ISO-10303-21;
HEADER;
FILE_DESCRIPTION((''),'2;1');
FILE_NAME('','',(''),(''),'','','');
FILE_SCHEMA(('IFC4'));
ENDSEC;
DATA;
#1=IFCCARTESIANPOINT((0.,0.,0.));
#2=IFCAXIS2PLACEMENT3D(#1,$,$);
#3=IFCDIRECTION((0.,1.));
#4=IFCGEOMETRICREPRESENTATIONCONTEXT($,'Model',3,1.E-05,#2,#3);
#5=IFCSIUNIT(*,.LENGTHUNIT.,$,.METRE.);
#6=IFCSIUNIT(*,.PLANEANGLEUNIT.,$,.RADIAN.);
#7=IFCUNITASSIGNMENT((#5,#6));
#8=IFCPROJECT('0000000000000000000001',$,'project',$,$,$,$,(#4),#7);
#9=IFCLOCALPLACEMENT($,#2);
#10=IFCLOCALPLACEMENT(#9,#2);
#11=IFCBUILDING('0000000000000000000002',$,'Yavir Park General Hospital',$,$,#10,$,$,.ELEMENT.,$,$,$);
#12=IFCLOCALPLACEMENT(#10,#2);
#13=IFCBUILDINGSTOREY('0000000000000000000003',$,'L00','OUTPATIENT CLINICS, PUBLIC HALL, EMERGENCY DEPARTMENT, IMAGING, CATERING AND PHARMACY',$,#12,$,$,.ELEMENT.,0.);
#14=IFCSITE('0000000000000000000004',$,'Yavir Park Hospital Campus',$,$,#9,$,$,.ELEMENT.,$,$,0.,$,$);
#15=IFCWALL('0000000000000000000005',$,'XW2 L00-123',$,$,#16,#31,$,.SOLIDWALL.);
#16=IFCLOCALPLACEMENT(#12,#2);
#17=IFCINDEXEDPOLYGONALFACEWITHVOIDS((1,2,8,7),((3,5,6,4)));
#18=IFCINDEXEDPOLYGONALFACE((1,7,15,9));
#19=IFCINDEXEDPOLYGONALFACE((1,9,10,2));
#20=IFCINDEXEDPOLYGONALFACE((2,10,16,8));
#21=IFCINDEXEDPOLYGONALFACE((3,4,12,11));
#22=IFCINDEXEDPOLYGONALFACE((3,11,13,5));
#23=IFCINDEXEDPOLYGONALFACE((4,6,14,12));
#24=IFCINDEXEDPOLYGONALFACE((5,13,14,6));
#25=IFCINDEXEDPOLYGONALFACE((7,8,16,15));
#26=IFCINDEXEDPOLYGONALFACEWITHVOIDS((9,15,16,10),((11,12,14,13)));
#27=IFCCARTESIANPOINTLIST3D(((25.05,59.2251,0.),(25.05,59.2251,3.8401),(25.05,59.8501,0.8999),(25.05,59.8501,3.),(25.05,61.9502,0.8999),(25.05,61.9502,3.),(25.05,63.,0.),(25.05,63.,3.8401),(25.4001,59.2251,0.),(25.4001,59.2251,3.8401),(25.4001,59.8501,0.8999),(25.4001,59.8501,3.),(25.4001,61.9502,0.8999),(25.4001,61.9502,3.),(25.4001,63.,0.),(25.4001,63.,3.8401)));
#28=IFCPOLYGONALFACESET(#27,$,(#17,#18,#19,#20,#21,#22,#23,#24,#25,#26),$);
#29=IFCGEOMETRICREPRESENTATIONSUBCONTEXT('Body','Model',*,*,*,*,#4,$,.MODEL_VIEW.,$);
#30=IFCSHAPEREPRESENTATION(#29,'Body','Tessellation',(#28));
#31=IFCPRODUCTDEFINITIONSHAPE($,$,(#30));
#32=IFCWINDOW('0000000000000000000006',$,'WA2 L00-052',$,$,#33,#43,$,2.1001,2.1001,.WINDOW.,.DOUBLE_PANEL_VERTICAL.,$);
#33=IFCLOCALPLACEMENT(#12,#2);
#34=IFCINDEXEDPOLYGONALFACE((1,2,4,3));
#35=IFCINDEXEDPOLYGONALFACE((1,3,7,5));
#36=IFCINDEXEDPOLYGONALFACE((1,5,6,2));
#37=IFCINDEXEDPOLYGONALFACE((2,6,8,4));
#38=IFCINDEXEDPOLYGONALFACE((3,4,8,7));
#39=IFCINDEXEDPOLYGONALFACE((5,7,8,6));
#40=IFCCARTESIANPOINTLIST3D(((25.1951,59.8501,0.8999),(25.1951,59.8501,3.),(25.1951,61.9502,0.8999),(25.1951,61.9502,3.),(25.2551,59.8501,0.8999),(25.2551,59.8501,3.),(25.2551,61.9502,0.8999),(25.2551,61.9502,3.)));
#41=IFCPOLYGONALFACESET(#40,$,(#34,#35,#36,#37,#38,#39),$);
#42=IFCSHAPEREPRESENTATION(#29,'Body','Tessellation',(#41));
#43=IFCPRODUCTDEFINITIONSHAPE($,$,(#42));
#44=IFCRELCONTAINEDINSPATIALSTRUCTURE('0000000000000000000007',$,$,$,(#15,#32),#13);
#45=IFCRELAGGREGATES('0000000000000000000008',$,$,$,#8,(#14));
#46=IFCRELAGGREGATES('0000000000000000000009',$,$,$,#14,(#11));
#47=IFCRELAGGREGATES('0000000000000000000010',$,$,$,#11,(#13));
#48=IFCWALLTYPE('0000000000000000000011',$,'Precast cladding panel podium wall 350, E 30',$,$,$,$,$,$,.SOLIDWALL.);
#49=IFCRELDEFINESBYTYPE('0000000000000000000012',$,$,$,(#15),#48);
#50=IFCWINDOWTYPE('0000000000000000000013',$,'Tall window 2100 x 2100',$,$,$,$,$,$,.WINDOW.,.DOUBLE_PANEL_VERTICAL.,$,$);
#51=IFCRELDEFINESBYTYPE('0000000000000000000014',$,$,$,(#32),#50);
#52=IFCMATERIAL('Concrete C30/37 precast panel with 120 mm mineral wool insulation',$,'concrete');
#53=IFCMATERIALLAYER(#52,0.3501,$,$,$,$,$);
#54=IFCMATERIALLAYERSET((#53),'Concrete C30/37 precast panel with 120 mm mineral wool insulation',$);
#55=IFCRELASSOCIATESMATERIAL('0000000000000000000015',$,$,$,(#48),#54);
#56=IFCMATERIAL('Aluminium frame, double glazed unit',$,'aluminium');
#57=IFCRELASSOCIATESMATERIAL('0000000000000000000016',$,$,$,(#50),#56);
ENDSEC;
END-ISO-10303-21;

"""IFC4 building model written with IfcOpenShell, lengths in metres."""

from ifc_helpers import new_model, si_unit, direction, frame, frame_2d, origin, place, context, subcontext, project, spatial, rectangle, extrude, material, layer, layer_set, type_object, element, fill, save


model = new_model("IFC4")

# Units and contexts
model_context = context("Model", 3, precision=1e-05, world=origin(), true_north=direction((0.0, 1.0)))
body_context = subcontext(model_context, "Body", "Model", "MODEL_VIEW")
ifc_project = project(units=[si_unit("LENGTHUNIT", "METRE"), si_unit("PLANEANGLEUNIT", "RADIAN")], contexts=[model_context])

# Site, building, storey
site_placement = place(None, origin())
site = spatial("IfcSite", under=ifc_project, at=site_placement, Name="Yavir Park Hospital Campus", CompositionType="ELEMENT", RefElevation=0.0)
building_placement = place(site_placement, origin())
building = spatial("IfcBuilding", under=site, at=building_placement, Name="Yavir Park General Hospital", CompositionType="ELEMENT")
storey_placement = place(building_placement, origin())
storey = spatial("IfcBuildingStorey", under=building, at=storey_placement, Name="L00", Description="OUTPATIENT CLINICS, PUBLIC HALL, EMERGENCY DEPARTMENT, IMAGING, CATERING AND PHARMACY", CompositionType="ELEMENT", Elevation=0.0)

# Wall, opening, window
ifc_material_1 = material(Name="Concrete C30/37 precast panel with 120 mm mineral wool insulation", Category="concrete")
ifc_layer_1 = layer(ifc_material_1, 0.3501)
ifc_layer_set_1 = layer_set([ifc_layer_1], Name="Concrete C30/37 precast panel with 120 mm mineral wool insulation")
wall_type_1 = type_object("IfcWallType", Name="Precast cladding panel podium wall 350, E 30", PredefinedType="SOLIDWALL", material=ifc_layer_set_1)
wall_1_placement = place(storey_placement, frame((25.2251, 59.2251, 0.0), z_axis=(0.0, 0.0, 1.0), x_axis=(0.0, 1.0, 0.0)))
wall_1 = element("IfcWall", 1, at=wall_1_placement, inside=storey, type_object=wall_type_1, Name="XW2 L00-123", PredefinedType="SOLIDWALL", context=body_context, shape_type="SweptSolid", body=[
    extrude(rectangle(XDim=3.7749, YDim=0.3501, at=frame_2d((1.8875, 0.0))), origin(), (0.0, 0.0, 1.0), 3.8401),
])
opening_1_placement = place(wall_1_placement, frame((0.625, 0.0, 0.8999)))
opening_1 = element("IfcOpeningElement", 2, at=opening_1_placement, cuts=wall_1, PredefinedType="OPENING", context=body_context, shape_type="SweptSolid", body=[
    extrude(rectangle(XDim=2.1001, YDim=2.1001, at=frame_2d((1.05, 1.05))), frame((0.0, 0.1851, 0.0), z_axis=(0.0, -1.0, 0.0), x_axis=(1.0, 0.0, 0.0)), (0.0, 0.0, 1.0), 0.3701),
])
ifc_material_2 = material(Name="Aluminium frame, double glazed unit", Category="aluminium")
window_type = type_object("IfcWindowType", Name="Tall window 2100 x 2100", PartitioningType="DOUBLE_PANEL_VERTICAL", PredefinedType="WINDOW", material=ifc_material_2)
window_placement = place(opening_1_placement, origin())
window = element("IfcWindow", 3, at=window_placement, inside=storey, type_object=window_type, Name="WA2 L00-052", OverallHeight=2.1001, OverallWidth=2.1001, PartitioningType="DOUBLE_PANEL_VERTICAL", PredefinedType="WINDOW", context=body_context, shape_type="SweptSolid", body=[
    extrude(rectangle(XDim=2.1001, YDim=2.1001, at=frame_2d((1.05, 1.05))), frame((0.0, 0.03, 0.0), z_axis=(0.0, -1.0, 0.0), x_axis=(1.0, 0.0, 0.0)), (0.0, 0.0, 1.0), 0.0601),
])
fill(opening_1, window)

save(model, "model.ifc")
